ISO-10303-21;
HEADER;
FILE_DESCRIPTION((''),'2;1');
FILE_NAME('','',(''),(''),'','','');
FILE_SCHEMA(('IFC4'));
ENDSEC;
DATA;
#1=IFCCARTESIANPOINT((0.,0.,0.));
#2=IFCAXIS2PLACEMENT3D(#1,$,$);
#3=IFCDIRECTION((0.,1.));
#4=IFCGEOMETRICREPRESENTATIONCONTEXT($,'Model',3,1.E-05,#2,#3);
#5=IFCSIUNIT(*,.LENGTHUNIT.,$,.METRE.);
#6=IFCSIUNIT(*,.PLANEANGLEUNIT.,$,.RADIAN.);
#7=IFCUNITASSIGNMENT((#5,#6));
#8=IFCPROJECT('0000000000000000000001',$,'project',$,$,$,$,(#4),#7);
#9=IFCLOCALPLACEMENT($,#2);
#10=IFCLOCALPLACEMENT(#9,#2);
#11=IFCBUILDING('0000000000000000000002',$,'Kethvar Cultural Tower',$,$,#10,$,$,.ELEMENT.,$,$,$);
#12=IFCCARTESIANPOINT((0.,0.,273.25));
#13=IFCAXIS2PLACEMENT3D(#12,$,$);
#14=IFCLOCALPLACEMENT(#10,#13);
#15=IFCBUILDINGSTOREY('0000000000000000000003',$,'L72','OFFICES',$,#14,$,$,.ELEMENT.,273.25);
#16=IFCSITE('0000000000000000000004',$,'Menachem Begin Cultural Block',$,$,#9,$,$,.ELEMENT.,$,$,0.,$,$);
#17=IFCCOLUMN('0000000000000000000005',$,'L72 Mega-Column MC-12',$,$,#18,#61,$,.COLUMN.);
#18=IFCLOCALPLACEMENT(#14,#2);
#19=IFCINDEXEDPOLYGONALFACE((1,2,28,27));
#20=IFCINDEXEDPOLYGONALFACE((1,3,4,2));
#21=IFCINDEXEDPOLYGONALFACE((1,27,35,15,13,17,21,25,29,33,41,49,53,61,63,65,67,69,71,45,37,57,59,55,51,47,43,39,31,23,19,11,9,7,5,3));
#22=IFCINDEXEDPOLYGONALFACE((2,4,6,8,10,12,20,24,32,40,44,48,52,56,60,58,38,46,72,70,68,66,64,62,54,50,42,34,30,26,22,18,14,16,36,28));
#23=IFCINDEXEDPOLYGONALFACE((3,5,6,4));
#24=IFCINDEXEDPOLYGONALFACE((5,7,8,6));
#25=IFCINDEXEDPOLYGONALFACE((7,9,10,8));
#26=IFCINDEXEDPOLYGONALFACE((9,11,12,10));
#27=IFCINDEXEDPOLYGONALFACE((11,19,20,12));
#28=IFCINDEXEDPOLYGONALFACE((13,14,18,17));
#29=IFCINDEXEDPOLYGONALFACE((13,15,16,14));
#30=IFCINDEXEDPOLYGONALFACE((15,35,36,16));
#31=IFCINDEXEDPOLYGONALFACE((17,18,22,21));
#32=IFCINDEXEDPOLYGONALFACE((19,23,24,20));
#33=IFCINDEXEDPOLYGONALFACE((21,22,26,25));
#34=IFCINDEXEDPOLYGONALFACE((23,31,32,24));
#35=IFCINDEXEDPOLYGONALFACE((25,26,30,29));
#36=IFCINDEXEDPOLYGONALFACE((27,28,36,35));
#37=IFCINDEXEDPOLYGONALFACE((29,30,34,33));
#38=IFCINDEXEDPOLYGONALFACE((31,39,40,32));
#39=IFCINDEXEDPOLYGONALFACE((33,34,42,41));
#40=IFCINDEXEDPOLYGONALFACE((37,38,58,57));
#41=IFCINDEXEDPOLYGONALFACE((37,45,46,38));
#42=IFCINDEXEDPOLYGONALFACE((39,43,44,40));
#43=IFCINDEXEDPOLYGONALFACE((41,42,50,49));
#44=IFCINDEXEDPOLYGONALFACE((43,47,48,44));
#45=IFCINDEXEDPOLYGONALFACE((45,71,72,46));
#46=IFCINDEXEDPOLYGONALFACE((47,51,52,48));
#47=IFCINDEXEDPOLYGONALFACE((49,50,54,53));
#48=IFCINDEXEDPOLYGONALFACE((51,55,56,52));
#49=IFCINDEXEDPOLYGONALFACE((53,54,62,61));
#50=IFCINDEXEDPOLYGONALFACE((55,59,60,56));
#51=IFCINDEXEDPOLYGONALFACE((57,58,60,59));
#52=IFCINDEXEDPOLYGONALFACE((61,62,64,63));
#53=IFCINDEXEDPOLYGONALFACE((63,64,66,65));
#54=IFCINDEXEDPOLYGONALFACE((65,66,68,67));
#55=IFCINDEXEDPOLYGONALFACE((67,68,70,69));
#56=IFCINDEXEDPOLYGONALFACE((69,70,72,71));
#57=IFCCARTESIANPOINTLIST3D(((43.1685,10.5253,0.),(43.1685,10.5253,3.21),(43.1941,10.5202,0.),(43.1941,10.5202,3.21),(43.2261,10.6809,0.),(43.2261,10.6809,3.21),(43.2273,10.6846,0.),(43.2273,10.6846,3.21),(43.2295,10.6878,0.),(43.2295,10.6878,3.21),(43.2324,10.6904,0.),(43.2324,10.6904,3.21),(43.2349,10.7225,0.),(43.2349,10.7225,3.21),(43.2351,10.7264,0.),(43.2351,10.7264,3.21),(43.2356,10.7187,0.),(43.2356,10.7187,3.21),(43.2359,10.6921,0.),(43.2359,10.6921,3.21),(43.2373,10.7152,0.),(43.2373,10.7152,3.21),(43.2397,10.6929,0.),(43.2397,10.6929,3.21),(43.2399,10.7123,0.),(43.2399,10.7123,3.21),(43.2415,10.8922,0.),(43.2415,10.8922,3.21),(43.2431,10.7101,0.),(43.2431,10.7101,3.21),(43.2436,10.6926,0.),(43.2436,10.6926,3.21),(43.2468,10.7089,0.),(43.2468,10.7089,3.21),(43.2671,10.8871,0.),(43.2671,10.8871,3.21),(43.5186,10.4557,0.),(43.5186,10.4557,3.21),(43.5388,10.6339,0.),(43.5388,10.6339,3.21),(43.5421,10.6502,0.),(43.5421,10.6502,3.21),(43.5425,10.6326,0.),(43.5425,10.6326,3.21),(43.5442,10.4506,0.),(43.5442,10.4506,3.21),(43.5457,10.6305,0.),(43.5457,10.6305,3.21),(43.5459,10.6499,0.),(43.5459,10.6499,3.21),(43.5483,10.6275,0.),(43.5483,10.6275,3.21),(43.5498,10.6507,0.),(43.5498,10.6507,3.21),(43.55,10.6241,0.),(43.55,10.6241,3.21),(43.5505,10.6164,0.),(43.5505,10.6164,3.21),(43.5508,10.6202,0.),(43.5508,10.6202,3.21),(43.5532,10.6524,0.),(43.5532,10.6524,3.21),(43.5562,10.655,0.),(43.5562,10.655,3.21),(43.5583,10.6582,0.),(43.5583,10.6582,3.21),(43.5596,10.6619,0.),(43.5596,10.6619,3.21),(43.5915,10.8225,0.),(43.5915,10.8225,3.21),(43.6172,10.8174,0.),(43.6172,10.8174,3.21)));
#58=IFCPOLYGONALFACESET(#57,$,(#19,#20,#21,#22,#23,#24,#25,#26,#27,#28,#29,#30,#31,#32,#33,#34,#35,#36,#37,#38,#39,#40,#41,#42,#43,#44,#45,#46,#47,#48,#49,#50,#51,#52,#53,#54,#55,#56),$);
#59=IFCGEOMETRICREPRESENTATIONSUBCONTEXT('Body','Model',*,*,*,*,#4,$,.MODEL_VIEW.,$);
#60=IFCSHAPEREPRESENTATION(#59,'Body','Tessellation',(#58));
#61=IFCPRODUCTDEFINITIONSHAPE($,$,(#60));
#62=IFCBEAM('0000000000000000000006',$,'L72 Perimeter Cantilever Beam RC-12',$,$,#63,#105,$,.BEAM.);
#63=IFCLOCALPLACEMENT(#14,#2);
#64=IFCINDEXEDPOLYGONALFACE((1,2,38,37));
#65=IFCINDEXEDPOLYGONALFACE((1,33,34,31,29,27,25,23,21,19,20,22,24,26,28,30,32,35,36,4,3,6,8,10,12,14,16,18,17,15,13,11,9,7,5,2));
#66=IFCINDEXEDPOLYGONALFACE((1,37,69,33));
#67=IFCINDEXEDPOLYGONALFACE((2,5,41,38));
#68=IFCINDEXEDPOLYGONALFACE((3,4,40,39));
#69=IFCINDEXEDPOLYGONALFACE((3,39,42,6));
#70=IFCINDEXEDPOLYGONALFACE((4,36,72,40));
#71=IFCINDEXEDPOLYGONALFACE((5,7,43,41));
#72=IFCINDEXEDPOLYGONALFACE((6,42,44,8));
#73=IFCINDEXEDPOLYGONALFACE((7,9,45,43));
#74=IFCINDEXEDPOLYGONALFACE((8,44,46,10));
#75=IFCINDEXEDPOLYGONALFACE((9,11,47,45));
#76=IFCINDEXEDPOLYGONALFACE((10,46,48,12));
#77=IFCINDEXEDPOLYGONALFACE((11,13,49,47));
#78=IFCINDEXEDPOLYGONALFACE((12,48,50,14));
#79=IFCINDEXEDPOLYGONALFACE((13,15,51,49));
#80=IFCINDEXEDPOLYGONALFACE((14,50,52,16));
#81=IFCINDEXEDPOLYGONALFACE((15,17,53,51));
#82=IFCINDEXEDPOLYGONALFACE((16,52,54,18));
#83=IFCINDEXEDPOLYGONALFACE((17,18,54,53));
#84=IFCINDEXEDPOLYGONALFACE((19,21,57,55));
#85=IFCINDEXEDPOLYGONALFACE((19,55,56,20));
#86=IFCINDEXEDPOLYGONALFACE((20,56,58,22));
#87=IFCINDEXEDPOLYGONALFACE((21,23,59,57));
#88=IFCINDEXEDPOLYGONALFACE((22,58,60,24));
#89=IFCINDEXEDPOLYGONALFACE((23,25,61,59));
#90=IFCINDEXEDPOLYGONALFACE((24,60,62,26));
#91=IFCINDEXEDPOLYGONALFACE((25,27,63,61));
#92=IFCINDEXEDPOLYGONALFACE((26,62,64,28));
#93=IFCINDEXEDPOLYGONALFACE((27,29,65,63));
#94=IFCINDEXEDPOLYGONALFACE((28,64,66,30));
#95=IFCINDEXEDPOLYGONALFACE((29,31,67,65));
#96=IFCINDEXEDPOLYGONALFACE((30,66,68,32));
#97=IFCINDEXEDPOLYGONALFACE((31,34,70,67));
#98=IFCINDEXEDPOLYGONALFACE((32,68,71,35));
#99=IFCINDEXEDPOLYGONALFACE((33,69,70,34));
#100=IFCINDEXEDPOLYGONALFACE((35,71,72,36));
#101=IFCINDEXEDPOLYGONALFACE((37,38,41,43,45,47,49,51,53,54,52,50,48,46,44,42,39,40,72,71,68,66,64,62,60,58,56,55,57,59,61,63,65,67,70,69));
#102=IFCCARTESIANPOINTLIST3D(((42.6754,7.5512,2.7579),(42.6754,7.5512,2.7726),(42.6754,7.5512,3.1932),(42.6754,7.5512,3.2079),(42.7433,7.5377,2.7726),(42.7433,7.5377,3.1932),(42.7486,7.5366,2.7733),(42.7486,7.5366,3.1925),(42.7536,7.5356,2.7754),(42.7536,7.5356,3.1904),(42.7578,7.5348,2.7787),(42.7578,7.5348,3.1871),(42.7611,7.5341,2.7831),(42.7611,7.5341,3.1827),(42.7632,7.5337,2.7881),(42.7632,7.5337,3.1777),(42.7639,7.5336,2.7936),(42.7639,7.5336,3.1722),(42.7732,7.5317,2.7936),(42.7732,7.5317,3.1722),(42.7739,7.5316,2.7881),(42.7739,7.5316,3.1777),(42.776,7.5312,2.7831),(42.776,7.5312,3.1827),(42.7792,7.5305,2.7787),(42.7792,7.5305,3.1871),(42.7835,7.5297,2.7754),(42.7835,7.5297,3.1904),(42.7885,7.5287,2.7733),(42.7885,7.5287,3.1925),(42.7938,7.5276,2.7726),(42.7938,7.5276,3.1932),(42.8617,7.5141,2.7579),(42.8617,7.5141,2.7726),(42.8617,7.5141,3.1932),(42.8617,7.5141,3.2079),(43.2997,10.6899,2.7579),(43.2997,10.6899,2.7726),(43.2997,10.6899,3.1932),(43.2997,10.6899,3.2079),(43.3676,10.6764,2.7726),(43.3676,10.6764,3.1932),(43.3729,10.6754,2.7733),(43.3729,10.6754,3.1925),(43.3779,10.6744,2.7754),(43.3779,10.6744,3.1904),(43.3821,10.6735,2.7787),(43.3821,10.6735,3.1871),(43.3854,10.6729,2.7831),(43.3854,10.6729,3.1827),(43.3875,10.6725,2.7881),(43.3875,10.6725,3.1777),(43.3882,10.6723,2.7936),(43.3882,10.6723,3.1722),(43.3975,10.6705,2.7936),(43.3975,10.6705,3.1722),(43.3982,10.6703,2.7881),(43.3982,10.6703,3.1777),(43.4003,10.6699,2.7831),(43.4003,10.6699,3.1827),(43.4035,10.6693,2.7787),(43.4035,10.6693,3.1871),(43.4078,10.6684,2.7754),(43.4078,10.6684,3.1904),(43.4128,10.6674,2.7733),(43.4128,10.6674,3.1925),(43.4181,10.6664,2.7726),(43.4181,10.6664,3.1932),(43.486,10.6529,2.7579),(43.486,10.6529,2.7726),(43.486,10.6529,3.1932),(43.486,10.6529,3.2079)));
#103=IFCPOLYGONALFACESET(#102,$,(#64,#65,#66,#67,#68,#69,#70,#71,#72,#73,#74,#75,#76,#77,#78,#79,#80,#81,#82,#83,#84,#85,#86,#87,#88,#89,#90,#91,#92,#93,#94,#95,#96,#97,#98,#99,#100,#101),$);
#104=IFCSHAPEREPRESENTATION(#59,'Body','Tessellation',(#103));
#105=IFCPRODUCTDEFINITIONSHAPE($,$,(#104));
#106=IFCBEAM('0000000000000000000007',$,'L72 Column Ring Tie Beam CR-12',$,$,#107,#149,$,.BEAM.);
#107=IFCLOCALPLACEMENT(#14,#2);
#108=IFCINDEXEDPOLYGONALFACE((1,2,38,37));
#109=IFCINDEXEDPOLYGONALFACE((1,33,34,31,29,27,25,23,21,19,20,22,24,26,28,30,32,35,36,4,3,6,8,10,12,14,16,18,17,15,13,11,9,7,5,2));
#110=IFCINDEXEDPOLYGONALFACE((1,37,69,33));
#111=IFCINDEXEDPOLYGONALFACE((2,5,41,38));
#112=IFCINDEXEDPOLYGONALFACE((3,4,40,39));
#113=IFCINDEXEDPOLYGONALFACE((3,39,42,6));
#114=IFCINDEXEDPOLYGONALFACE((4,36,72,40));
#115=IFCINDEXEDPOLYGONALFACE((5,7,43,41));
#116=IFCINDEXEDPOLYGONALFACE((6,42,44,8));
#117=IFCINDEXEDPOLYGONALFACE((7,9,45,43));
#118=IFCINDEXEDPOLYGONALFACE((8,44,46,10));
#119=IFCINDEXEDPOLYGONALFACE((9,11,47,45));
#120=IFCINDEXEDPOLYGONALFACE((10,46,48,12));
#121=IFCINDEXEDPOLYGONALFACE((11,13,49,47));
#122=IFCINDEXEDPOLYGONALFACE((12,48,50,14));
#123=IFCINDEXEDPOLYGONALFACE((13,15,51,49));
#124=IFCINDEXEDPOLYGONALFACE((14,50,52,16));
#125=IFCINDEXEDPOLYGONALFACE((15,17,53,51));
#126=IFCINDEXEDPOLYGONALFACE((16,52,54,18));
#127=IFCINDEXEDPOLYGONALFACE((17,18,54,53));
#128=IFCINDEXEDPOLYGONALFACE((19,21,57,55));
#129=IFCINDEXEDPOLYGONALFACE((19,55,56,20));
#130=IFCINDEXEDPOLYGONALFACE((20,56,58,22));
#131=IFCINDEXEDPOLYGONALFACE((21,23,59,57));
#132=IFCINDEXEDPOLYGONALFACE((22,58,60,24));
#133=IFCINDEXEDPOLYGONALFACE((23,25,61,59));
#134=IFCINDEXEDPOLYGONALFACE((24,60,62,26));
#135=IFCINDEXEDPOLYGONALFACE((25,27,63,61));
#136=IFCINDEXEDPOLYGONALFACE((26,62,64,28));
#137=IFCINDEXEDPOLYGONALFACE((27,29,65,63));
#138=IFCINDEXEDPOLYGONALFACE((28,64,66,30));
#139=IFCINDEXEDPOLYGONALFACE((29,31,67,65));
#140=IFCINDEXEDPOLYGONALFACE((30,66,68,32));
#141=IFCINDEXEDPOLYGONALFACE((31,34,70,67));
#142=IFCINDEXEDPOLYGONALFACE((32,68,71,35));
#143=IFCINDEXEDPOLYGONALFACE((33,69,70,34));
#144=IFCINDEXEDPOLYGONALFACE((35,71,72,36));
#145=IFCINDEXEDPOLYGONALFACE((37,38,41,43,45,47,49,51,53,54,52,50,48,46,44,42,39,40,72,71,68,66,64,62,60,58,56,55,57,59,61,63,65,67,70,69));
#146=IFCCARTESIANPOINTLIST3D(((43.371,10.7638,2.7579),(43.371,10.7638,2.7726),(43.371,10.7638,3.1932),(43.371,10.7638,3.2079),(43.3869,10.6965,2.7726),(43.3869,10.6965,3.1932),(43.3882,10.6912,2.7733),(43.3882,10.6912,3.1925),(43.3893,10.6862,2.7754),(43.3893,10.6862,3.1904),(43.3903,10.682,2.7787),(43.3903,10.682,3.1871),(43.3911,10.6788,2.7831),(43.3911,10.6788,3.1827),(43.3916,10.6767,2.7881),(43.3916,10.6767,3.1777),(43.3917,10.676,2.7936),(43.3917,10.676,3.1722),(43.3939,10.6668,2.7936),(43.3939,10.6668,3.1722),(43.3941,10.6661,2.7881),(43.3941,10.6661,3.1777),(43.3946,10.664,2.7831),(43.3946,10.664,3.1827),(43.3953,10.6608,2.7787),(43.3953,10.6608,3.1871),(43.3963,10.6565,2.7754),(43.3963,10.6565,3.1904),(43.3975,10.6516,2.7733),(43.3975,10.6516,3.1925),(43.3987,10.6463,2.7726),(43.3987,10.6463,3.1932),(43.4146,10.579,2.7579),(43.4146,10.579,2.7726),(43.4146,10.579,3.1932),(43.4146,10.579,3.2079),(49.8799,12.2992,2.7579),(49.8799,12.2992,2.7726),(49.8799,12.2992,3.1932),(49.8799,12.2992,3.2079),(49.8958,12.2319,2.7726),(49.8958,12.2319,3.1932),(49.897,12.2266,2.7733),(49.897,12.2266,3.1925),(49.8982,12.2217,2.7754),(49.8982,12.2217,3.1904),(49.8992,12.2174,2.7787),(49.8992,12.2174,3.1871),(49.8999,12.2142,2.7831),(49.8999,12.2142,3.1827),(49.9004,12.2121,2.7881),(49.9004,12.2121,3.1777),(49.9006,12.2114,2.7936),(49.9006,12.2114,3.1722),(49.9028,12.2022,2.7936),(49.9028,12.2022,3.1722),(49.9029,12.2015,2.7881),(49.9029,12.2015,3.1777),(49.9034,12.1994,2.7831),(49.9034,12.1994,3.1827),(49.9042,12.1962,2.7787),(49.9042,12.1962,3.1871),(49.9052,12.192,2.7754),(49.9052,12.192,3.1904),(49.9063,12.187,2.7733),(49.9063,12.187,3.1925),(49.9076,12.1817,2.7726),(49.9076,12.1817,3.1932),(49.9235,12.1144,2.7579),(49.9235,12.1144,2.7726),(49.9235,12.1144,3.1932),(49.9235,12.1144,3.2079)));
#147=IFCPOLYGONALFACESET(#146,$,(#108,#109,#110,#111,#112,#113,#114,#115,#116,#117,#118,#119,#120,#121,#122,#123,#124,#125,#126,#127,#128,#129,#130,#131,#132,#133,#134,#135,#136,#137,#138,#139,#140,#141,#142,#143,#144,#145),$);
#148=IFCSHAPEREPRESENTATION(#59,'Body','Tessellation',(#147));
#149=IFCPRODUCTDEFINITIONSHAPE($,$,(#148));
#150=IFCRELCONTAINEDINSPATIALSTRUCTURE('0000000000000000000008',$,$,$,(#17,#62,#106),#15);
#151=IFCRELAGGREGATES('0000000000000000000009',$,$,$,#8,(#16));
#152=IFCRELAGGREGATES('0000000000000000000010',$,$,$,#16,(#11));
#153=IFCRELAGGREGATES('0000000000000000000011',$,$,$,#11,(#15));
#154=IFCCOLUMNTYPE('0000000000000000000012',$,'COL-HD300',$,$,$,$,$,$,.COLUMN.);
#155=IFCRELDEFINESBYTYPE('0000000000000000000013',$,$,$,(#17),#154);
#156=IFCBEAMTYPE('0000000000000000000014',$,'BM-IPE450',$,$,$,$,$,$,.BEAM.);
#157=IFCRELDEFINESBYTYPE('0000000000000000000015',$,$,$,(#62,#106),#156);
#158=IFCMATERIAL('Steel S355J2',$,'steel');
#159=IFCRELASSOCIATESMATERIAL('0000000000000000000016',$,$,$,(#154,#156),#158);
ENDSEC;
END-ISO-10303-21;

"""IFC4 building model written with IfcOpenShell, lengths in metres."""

from ifc_helpers import new_model, si_unit, direction, frame, origin, origin_2d, place, context, subcontext, project, spatial, i_section, extrude, source, transform, mapped, material, material_profile, profile_set, type_object, element, save


model = new_model("IFC4")

# Units and contexts
model_context = context("Model", 3, precision=1e-05, world=origin(), true_north=direction((0.0, 1.0)))
body_context = subcontext(model_context, "Body", "Model", "MODEL_VIEW")
ifc_project = project(units=[si_unit("LENGTHUNIT", "METRE"), si_unit("PLANEANGLEUNIT", "RADIAN")], contexts=[model_context])

# Site, building, storey
site_placement = place(None, origin())
site = spatial("IfcSite", under=ifc_project, at=site_placement, Name="Menachem Begin Cultural Block", CompositionType="ELEMENT", RefElevation=0.0)
building_placement = place(site_placement, origin())
building = spatial("IfcBuilding", under=site, at=building_placement, Name="Kethvar Cultural Tower", CompositionType="ELEMENT")
storey_placement = place(building_placement, frame((0.0, 0.0, 273.25)))
storey = spatial("IfcBuildingStorey", under=building, at=storey_placement, Name="L72", Description="OFFICES", CompositionType="ELEMENT", Elevation=273.25)

# Column
ifc_material_1 = material(Name="Steel S355J2", Category="steel")
ifc_material_profile_1 = material_profile(ifc_material_1, i_section(OverallWidth=0.374, OverallDepth=0.3831, WebThickness=0.0166, FlangeThickness=0.0261, FilletRadius=0.0149, at=origin_2d()), Name="Steel S355J2 — HD360x300")
ifc_profile_set_1 = profile_set([ifc_material_profile_1], Name="Steel S355J2 — HD360x300")
column_type = type_object("IfcColumnType", Name="COL-HD300", PredefinedType="COLUMN", material=ifc_profile_set_1)
shared_shape_1 = source(origin(), body_context, "Body", "SweptSolid", [
    extrude(i_section(OverallWidth=0.374, OverallDepth=0.3831, WebThickness=0.0166, FlangeThickness=0.0261, FilletRadius=0.0149, at=origin_2d()), origin(), (0.0, 0.0, 1.0), 3.21),
])
column_placement = place(storey_placement, frame((43.3928, 10.6714, 0.0), z_axis=(0.0, 0.0, 1.0), x_axis=(-0.19509, -0.980785, 0.0)))
element("IfcColumn", 1, at=column_placement, inside=storey, type_object=column_type, Name="L72 Mega-Column MC-12", PredefinedType="COLUMN", context=body_context, shape_type="MappedRepresentation", body=[
    mapped(shared_shape_1, transform((0.0, 0.0, 0.0), scale=1.0)),
])

# Beams
ifc_material_profile_2 = material_profile(ifc_material_1, i_section(OverallWidth=0.1899, OverallDepth=0.45, WebThickness=0.0095, FlangeThickness=0.0146, FilletRadius=0.021, at=origin_2d()), Name="Steel S355J2 — IPE450")
ifc_profile_set_2 = profile_set([ifc_material_profile_2], Name="Steel S355J2 — IPE450")
beam_type_1 = type_object("IfcBeamType", Name="BM-IPE450", PredefinedType="BEAM", material=ifc_profile_set_2)
shared_shape_2 = source(origin(), body_context, "Body", "SweptSolid", [
    extrude(i_section(OverallWidth=0.1899, OverallDepth=0.45, WebThickness=0.0095, FlangeThickness=0.0146, FilletRadius=0.021, at=origin_2d()), origin(), (0.0, 0.0, 1.0), 3.2002),
])
beam_1_placement = place(storey_placement, frame((43.3928, 10.6714, 2.9829), z_axis=(-0.195074, -0.980788, 0.0), x_axis=(0.980788, -0.195074, 0.0)))
element("IfcBeam", 2, at=beam_1_placement, inside=storey, type_object=beam_type_1, Name="L72 Perimeter Cantilever Beam RC-12", PredefinedType="BEAM", context=body_context, shape_type="MappedRepresentation", body=[
    mapped(shared_shape_2, transform((0.0, 0.0, 0.0), scale=1.0)),
])
shared_shape_3 = source(origin(), body_context, "Body", "SweptSolid", [
    extrude(i_section(OverallWidth=0.1899, OverallDepth=0.45, WebThickness=0.0095, FlangeThickness=0.0146, FilletRadius=0.021, at=origin_2d()), origin(), (0.0, 0.0, 1.0), 6.6875),
])
beam_2_placement = place(storey_placement, frame((43.3928, 10.6714, 2.9829), z_axis=(0.973286, 0.229595, 0.0), x_axis=(-0.229595, 0.973286, 0.0)))
element("IfcBeam", 3, at=beam_2_placement, inside=storey, type_object=beam_type_1, Name="L72 Column Ring Tie Beam CR-12", PredefinedType="BEAM", context=body_context, shape_type="MappedRepresentation", body=[
    mapped(shared_shape_3, transform((0.0, 0.0, 0.0), scale=1.0)),
])

save(model, "model.ifc")
